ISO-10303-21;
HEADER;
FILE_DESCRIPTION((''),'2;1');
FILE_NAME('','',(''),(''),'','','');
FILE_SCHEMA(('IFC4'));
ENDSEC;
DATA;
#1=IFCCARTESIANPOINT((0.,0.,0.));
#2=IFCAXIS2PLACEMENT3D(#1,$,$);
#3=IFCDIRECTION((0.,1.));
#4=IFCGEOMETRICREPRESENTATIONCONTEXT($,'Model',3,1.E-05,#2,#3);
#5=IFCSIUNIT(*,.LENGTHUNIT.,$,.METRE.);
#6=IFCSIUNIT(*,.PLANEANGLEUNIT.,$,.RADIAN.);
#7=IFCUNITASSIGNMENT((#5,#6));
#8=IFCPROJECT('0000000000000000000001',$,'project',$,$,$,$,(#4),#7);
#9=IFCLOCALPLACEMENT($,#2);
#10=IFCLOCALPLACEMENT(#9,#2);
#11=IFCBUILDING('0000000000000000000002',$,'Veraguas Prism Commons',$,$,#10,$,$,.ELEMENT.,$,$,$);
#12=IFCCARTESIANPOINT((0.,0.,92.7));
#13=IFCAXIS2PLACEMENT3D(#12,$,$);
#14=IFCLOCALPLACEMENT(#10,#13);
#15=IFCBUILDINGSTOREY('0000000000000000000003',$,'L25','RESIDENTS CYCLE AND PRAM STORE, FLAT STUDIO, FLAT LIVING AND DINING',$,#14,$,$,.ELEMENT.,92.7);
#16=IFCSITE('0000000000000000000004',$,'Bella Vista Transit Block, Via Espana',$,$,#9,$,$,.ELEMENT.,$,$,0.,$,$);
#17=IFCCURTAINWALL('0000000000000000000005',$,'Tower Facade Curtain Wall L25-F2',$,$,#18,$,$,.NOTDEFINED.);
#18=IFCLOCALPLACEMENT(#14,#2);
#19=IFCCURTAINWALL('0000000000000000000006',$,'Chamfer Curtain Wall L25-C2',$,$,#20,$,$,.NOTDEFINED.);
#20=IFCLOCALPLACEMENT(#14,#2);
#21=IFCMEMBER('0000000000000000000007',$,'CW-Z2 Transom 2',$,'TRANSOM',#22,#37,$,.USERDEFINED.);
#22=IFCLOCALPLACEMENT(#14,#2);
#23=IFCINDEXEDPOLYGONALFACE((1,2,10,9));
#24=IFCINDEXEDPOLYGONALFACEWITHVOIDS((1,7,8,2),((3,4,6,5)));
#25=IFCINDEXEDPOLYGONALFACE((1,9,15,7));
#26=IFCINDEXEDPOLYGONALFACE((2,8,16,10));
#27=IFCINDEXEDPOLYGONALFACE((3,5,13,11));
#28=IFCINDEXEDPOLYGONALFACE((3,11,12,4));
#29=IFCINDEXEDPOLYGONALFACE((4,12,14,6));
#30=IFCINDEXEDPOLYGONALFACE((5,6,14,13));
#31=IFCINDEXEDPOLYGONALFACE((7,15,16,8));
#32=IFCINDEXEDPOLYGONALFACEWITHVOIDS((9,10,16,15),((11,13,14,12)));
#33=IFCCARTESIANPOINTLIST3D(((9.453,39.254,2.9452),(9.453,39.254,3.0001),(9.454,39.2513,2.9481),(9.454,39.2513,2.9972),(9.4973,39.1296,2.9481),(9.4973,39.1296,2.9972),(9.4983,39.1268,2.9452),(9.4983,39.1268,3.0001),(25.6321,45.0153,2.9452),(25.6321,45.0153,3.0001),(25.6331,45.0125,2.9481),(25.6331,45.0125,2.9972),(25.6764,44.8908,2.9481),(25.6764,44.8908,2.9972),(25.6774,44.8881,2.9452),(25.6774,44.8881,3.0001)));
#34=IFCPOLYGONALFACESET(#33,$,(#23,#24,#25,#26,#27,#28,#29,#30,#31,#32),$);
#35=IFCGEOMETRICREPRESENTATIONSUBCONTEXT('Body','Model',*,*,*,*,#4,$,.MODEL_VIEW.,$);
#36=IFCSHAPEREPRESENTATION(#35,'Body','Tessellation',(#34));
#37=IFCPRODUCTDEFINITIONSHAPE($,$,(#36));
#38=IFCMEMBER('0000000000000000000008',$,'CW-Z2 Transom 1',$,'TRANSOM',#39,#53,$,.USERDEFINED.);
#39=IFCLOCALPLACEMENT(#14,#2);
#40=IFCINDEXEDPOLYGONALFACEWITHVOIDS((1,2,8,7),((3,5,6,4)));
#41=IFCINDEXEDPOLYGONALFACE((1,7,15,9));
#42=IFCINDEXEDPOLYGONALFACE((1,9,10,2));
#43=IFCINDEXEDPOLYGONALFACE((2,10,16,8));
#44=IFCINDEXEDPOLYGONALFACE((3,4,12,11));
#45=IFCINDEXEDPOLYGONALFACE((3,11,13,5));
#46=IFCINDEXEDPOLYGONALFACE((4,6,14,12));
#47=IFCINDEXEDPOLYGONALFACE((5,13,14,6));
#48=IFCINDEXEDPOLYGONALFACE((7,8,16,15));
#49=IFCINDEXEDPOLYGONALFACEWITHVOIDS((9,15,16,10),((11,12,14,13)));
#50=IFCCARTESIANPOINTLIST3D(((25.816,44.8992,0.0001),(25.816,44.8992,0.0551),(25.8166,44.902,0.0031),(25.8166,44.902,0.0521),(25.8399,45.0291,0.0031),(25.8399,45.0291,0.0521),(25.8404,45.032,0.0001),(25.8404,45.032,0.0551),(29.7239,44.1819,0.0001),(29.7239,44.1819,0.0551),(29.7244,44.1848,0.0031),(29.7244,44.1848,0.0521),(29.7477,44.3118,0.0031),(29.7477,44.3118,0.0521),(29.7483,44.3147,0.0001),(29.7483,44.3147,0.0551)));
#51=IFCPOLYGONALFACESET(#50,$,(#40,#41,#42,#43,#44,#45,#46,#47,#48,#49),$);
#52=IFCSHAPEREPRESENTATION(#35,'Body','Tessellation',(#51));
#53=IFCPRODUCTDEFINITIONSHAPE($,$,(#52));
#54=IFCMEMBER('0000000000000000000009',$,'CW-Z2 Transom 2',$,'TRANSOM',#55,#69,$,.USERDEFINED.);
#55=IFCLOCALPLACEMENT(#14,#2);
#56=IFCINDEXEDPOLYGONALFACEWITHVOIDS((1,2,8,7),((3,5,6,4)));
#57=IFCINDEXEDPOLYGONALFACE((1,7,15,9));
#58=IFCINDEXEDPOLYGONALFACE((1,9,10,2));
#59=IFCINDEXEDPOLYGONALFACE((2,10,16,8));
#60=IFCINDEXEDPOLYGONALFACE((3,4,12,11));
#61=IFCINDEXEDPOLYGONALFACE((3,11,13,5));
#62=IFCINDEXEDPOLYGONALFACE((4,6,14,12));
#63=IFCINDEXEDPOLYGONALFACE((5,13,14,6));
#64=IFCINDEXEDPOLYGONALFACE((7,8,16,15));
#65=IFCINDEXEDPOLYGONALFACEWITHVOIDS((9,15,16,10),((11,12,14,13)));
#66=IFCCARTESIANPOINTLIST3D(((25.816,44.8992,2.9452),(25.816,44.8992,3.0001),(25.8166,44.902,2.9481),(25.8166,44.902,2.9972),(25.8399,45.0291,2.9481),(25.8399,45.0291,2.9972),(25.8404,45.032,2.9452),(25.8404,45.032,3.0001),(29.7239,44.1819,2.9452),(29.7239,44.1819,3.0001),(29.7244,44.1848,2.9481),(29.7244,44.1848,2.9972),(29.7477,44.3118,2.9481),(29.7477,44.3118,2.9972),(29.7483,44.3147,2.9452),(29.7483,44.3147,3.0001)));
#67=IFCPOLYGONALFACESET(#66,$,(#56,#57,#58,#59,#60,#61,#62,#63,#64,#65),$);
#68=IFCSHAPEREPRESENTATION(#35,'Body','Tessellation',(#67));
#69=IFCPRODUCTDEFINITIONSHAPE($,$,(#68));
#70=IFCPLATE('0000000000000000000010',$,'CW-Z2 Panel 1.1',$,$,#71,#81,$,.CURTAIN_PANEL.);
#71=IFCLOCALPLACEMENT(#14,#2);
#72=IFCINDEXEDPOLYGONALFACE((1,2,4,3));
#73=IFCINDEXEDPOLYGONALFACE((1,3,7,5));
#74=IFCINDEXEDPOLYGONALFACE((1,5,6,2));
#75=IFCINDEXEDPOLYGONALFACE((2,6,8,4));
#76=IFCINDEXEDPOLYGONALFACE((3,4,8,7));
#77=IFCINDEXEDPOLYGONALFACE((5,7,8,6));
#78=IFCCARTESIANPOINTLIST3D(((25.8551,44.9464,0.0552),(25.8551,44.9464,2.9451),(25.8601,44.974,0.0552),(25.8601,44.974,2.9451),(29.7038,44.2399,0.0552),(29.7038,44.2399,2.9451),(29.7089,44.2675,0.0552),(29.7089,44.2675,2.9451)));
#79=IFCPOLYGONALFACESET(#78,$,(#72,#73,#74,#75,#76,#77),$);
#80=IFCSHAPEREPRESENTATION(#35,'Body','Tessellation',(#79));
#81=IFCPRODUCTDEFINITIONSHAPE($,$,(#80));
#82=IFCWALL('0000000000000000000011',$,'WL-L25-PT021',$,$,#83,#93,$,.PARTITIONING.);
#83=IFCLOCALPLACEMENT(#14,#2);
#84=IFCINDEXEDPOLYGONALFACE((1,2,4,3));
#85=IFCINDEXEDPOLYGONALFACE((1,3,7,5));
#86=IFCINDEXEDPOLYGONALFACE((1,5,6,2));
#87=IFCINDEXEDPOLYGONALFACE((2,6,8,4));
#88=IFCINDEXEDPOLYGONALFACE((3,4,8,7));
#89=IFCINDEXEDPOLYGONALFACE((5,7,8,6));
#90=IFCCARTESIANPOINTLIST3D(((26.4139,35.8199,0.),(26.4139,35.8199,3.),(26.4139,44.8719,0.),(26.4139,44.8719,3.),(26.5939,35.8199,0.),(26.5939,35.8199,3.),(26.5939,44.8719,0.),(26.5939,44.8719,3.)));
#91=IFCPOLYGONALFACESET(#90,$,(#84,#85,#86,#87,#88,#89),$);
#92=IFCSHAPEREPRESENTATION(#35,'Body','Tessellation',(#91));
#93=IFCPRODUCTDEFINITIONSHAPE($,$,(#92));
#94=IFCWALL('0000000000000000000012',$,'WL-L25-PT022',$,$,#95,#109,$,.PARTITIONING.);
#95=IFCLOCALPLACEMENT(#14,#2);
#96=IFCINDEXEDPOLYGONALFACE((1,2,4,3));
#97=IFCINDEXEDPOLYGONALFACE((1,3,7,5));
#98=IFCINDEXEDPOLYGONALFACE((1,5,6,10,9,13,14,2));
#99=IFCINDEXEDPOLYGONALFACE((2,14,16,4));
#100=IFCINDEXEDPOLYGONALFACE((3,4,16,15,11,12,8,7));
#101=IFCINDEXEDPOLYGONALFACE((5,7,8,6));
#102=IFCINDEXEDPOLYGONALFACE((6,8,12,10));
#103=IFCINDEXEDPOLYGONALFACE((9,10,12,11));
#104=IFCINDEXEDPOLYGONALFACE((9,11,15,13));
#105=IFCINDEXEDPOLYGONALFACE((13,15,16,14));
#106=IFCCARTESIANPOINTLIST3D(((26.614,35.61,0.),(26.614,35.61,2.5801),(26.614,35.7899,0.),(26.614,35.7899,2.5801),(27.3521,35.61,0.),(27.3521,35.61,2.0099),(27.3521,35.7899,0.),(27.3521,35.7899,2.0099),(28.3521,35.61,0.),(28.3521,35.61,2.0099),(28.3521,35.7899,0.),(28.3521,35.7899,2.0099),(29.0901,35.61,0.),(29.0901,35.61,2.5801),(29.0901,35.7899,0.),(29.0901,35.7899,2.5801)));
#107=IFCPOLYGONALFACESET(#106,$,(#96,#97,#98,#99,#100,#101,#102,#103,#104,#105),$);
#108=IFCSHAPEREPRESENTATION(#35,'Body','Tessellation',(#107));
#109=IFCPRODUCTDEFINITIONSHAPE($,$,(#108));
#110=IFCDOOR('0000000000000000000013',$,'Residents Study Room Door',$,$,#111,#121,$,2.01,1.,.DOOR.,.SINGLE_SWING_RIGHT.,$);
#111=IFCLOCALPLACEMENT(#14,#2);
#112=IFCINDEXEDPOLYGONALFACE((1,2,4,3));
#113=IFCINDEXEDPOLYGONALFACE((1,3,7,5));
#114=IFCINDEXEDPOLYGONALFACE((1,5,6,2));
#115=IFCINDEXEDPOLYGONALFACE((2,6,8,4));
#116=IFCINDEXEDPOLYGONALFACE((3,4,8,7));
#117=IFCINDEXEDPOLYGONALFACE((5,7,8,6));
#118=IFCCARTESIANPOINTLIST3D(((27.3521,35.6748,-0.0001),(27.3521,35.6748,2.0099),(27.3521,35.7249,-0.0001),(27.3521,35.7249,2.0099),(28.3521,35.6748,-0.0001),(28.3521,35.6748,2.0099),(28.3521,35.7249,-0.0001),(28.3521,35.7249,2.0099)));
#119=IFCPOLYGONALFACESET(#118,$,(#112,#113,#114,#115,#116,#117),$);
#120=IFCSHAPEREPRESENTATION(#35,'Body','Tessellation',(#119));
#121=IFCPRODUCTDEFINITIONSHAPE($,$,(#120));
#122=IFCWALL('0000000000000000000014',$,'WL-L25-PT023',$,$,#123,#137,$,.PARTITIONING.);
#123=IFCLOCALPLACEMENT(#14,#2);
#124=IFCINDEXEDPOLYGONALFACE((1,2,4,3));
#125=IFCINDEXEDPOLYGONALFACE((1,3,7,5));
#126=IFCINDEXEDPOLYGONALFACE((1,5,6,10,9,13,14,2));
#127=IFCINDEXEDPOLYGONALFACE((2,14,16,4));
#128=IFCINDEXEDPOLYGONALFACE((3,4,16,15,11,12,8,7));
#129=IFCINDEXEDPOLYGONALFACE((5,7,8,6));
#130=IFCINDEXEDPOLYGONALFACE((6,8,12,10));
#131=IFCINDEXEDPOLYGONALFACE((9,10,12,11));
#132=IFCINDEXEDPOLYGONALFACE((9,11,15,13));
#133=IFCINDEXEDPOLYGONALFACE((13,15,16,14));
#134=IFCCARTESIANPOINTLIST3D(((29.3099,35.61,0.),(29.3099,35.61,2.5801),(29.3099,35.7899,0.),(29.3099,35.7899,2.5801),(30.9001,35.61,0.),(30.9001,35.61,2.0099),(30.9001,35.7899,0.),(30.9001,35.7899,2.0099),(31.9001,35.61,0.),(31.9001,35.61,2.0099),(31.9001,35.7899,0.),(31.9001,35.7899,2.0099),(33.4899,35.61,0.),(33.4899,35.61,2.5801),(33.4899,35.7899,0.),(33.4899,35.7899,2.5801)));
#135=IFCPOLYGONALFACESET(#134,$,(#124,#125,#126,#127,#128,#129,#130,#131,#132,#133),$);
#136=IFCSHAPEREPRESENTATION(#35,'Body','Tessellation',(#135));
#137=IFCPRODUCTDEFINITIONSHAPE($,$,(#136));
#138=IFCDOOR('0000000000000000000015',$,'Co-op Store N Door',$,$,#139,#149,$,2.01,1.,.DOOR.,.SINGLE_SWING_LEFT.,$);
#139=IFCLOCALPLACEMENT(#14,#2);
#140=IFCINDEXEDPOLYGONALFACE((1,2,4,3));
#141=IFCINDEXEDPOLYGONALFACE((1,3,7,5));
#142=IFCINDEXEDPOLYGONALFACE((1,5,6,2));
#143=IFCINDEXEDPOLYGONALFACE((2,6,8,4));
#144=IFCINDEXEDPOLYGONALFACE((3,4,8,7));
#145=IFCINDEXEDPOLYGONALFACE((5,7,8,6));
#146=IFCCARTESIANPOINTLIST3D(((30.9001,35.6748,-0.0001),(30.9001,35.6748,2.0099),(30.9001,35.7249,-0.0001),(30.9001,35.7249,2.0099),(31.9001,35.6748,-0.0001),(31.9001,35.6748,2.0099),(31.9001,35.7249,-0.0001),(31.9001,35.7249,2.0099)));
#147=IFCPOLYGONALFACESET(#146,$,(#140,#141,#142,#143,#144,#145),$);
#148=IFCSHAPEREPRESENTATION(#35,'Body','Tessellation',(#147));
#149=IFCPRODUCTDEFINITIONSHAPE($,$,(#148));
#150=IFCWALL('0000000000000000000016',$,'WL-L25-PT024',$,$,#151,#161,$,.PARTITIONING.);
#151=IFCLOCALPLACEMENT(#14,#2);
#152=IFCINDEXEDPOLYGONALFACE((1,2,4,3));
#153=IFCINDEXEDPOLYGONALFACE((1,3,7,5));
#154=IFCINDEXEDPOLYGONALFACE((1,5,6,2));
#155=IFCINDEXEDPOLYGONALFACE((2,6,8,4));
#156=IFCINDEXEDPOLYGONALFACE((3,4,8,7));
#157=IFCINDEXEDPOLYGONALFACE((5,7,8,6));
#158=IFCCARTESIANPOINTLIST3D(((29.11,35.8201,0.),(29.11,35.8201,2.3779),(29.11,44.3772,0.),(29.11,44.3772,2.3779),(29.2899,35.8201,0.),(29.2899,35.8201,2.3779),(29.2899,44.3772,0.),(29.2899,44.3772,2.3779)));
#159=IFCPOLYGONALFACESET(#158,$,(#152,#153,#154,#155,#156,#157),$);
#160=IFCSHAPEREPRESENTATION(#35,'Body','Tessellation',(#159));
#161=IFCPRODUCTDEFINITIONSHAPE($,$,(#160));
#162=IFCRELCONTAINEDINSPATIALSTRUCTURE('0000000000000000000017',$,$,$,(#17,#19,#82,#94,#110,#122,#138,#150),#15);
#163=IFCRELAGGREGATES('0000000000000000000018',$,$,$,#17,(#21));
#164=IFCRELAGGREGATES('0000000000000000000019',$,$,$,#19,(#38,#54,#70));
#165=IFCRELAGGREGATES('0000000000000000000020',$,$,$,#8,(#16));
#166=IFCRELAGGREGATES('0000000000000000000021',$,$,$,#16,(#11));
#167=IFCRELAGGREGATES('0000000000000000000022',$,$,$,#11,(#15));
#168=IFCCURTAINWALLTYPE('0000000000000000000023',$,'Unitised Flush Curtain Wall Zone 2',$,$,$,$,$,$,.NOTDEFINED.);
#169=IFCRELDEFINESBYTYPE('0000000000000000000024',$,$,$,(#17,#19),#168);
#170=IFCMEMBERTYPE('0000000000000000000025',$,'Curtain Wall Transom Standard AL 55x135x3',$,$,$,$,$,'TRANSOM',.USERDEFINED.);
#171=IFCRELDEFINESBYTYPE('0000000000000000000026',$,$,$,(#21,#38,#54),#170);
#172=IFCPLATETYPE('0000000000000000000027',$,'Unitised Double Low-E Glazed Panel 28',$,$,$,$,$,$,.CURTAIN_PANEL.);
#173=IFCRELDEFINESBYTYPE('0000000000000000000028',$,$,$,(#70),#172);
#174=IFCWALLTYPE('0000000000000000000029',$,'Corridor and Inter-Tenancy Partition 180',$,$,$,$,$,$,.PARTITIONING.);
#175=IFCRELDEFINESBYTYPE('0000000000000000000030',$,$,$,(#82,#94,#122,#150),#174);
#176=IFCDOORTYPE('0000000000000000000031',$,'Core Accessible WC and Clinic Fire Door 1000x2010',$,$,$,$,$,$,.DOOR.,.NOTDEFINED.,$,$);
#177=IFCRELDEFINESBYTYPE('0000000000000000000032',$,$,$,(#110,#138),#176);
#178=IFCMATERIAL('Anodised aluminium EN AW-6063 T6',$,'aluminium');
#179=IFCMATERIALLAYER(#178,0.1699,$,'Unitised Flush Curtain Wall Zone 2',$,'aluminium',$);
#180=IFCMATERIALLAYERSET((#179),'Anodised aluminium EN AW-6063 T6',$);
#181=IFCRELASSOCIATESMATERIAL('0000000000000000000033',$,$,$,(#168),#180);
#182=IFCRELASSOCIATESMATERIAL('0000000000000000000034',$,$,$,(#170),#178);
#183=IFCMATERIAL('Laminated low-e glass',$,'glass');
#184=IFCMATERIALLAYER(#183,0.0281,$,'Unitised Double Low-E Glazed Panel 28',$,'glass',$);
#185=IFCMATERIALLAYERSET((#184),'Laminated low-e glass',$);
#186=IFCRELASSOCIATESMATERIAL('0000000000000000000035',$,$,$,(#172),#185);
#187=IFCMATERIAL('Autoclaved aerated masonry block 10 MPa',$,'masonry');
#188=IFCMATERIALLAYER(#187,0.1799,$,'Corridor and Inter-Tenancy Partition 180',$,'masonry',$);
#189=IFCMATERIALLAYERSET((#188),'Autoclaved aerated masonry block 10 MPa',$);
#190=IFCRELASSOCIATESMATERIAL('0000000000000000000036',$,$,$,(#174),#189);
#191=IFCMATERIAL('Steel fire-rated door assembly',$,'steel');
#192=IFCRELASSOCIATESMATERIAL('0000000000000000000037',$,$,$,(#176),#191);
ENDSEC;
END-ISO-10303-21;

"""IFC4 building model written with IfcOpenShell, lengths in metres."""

from ifc_helpers import new_model, si_unit, direction, frame, frame_2d, origin, origin_2d, place, context, subcontext, project, spatial, rectangle, hollow_rectangle, extrude, source, transform, mapped, material, layer, layer_set, material_profile, profile_set, type_object, element, fill, aggregate, save


model = new_model("IFC4")

# Units and contexts
model_context = context("Model", 3, precision=1e-05, world=origin(), true_north=direction((0.0, 1.0)))
body_context = subcontext(model_context, "Body", "Model", "MODEL_VIEW")
ifc_project = project(units=[si_unit("LENGTHUNIT", "METRE"), si_unit("PLANEANGLEUNIT", "RADIAN")], contexts=[model_context])

# Site, building, storey
site_placement = place(None, origin())
site = spatial("IfcSite", under=ifc_project, at=site_placement, Name="Bella Vista Transit Block, Via Espana", CompositionType="ELEMENT", RefElevation=0.0)
building_placement = place(site_placement, origin())
building = spatial("IfcBuilding", under=site, at=building_placement, Name="Veraguas Prism Commons", CompositionType="ELEMENT")
storey_placement = place(building_placement, frame((0.0, 0.0, 92.7)))
storey = spatial("IfcBuildingStorey", under=building, at=storey_placement, Name="L25", Description="RESIDENTS CYCLE AND PRAM STORE, FLAT STUDIO, FLAT LIVING AND DINING", CompositionType="ELEMENT", Elevation=92.7)

# Curtain wall
ifc_material_1 = material(Name="Anodised aluminium EN AW-6063 T6", Category="aluminium")
ifc_layer_1 = layer(ifc_material_1, 0.1699, Name="Unitised Flush Curtain Wall Zone 2", Category="aluminium")
ifc_layer_set_1 = layer_set([ifc_layer_1], Name="Anodised aluminium EN AW-6063 T6")
curtain_wall_type = type_object("IfcCurtainWallType", Name="Unitised Flush Curtain Wall Zone 2", PredefinedType="NOTDEFINED", material=ifc_layer_set_1)
curtain_wall_1_placement = place(storey_placement, origin())
curtain_wall_1 = element("IfcCurtainWall", 1, at=curtain_wall_1_placement, inside=storey, type_object=curtain_wall_type, Name="Tower Facade Curtain Wall L25-F2", PredefinedType="NOTDEFINED")

# Curtain wall
curtain_wall_2_placement = place(storey_placement, origin())
curtain_wall_2 = element("IfcCurtainWall", 2, at=curtain_wall_2_placement, inside=storey, type_object=curtain_wall_type, Name="Chamfer Curtain Wall L25-C2", PredefinedType="NOTDEFINED")

# Members
ifc_material_profile_1 = material_profile(ifc_material_1, hollow_rectangle(XDim=0.0549, YDim=0.135, WallThickness=0.0029, at=origin_2d()), Name="AL55X135X3")
ifc_profile_set_1 = profile_set([ifc_material_profile_1], Name="Anodised aluminium EN AW-6063 T6")
member_type_1 = type_object("IfcMemberType", Name="Curtain Wall Transom Standard AL 55x135x3", ElementType="TRANSOM", PredefinedType="USERDEFINED", material=ifc_profile_set_1)
shared_shape_1 = source(origin(), body_context, "Body", "SweptSolid", [
    extrude(hollow_rectangle(XDim=0.0549, YDim=0.135, WallThickness=0.0029, at=origin_2d()), origin(), (0.0, 0.0, 1.0), 17.1743),
])
member_1_placement = place(storey_placement, frame((25.6548, 44.9517, 2.9727), z_axis=(-0.942056, -0.335456, 0.0), x_axis=(0.0, 0.0, 1.0)))
member_1 = element("IfcMember", 3, at=member_1_placement, type_object=member_type_1, Name="CW-Z2 Transom 2", ObjectType="TRANSOM", PredefinedType="USERDEFINED", context=body_context, shape_type="MappedRepresentation", body=[
    mapped(shared_shape_1, transform((0.0, 0.0, 0.0), scale=1.0)),
])
aggregate(curtain_wall_1, [member_1])
shared_shape_2 = source(origin(), body_context, "Body", "SweptSolid", [
    extrude(hollow_rectangle(XDim=0.0549, YDim=0.135, WallThickness=0.0029, at=origin_2d()), origin(), (0.0, 0.0, 1.0), 3.9731),
])
member_2_placement = place(storey_placement, frame((29.7361, 44.2483, 0.0276), z_axis=(-0.98357, 0.180529, 0.0), x_axis=(0.0, 0.0, 1.0)))
member_2 = element("IfcMember", 4, at=member_2_placement, type_object=member_type_1, Name="CW-Z2 Transom 1", ObjectType="TRANSOM", PredefinedType="USERDEFINED", context=body_context, shape_type="MappedRepresentation", body=[
    mapped(shared_shape_2, transform((0.0, 0.0, 0.0), scale=1.0)),
])
member_3_placement = place(storey_placement, frame((29.7361, 44.2483, 2.9727), z_axis=(-0.98357, 0.180529, 0.0), x_axis=(0.0, 0.0, 1.0)))
member_3 = element("IfcMember", 5, at=member_3_placement, type_object=member_type_1, Name="CW-Z2 Transom 2", ObjectType="TRANSOM", PredefinedType="USERDEFINED", context=body_context, shape_type="MappedRepresentation", body=[
    mapped(shared_shape_2, transform((0.0, 0.0, 0.0), scale=1.0)),
])

# Plate
ifc_material_2 = material(Name="Laminated low-e glass", Category="glass")
ifc_layer_2 = layer(ifc_material_2, 0.0281, Name="Unitised Double Low-E Glazed Panel 28", Category="glass")
ifc_layer_set_2 = layer_set([ifc_layer_2], Name="Laminated low-e glass")
plate_type = type_object("IfcPlateType", Name="Unitised Double Low-E Glazed Panel 28", PredefinedType="CURTAIN_PANEL", material=ifc_layer_set_2)
shared_shape_3 = source(origin(), body_context, "Body", "SweptSolid", [
    extrude(rectangle(XDim=3.9131, YDim=0.0281, at=origin_2d()), origin(), (0.0, 0.0, 1.0), 2.8899),
])
plate_placement = place(storey_placement, frame((27.782, 44.6069, 0.0552), z_axis=(0.0, 0.0, 1.0), x_axis=(-0.983565, 0.180552, 0.0)))
plate = element("IfcPlate", 6, at=plate_placement, type_object=plate_type, Name="CW-Z2 Panel 1.1", PredefinedType="CURTAIN_PANEL", context=body_context, shape_type="MappedRepresentation", body=[
    mapped(shared_shape_3, transform((0.0, 0.0, 0.0), scale=1.0)),
])
aggregate(curtain_wall_2, [member_2, member_3, plate])

# Wall
ifc_material_3 = material(Name="Autoclaved aerated masonry block 10 MPa", Category="masonry")
ifc_layer_3 = layer(ifc_material_3, 0.1799, Name="Corridor and Inter-Tenancy Partition 180", Category="masonry")
ifc_layer_set_3 = layer_set([ifc_layer_3], Name="Autoclaved aerated masonry block 10 MPa")
wall_type = type_object("IfcWallType", Name="Corridor and Inter-Tenancy Partition 180", PredefinedType="PARTITIONING", material=ifc_layer_set_3)
wall_1_placement = place(storey_placement, frame((26.5039, 35.8201, 0.0), z_axis=(0.0, 0.0, 1.0), x_axis=(0.0, 1.0, 0.0)))
element("IfcWall", 7, at=wall_1_placement, inside=storey, type_object=wall_type, Name="WL-L25-PT021", PredefinedType="PARTITIONING", context=body_context, shape_type="SweptSolid", body=[
    extrude(rectangle(XDim=9.052, YDim=0.1799, at=frame_2d((4.5259, 0.0))), origin(), (0.0, 0.0, 1.0), 3.0),
])

# Walls, openings, doors
wall_2_placement = place(storey_placement, frame((26.614, 35.7, 0.0), z_axis=(0.0, 0.0, 1.0), x_axis=(1.0, 0.0, 0.0)))
wall_2 = element("IfcWall", 8, at=wall_2_placement, inside=storey, type_object=wall_type, Name="WL-L25-PT022", PredefinedType="PARTITIONING", context=body_context, shape_type="SweptSolid", body=[
    extrude(rectangle(XDim=2.4761, YDim=0.1799, at=frame_2d((1.238, 0.0))), origin(), (0.0, 0.0, 1.0), 2.5801),
])
opening_1_placement = place(wall_2_placement, frame((0.738, 0.0, 0.0)))
opening_1 = element("IfcOpeningElement", 9, at=opening_1_placement, cuts=wall_2, PredefinedType="OPENING", context=body_context, shape_type="SweptSolid", body=[
    extrude(rectangle(XDim=1.0, YDim=2.01, at=frame_2d((0.5, 1.0049))), frame((0.0, 0.0999, 0.0), z_axis=(0.0, -1.0, 0.0), x_axis=(1.0, 0.0, 0.0)), (0.0, 0.0, 1.0), 0.2),
])
ifc_material_4 = material(Name="Steel fire-rated door assembly", Category="steel")
door_type = type_object("IfcDoorType", Name="Core Accessible WC and Clinic Fire Door 1000x2010", OperationType="NOTDEFINED", PredefinedType="DOOR", material=ifc_material_4)
shared_shape_4 = source(origin(), body_context, "Body", "SweptSolid", [
    extrude(rectangle(XDim=1.0, YDim=2.01, at=frame_2d((0.5, 1.0049))), frame((0.0, 0.0249, 0.0), z_axis=(0.0, -1.0, 0.0), x_axis=(1.0, 0.0, 0.0)), (0.0, 0.0, 1.0), 0.05),
])
door_1_placement = place(opening_1_placement, origin())
door_1 = element("IfcDoor", 10, at=door_1_placement, inside=storey, type_object=door_type, Name="Residents Study Room Door", OperationType="SINGLE_SWING_RIGHT", OverallHeight=2.01, OverallWidth=1.0, PredefinedType="DOOR", context=body_context, shape_type="MappedRepresentation", body=[
    mapped(shared_shape_4, transform((0.0, 0.0, 0.0), scale=1.0)),
])
fill(opening_1, door_1)
wall_3_placement = place(storey_placement, frame((29.3101, 35.7, 0.0), z_axis=(0.0, 0.0, 1.0), x_axis=(1.0, 0.0, 0.0)))
wall_3 = element("IfcWall", 11, at=wall_3_placement, inside=storey, type_object=wall_type, Name="WL-L25-PT023", PredefinedType="PARTITIONING", context=body_context, shape_type="SweptSolid", body=[
    extrude(rectangle(XDim=4.1799, YDim=0.1799, at=frame_2d((2.0898, 0.0))), origin(), (0.0, 0.0, 1.0), 2.5801),
])
opening_2_placement = place(wall_3_placement, frame((1.5901, 0.0, 0.0)))
opening_2 = element("IfcOpeningElement", 12, at=opening_2_placement, cuts=wall_3, PredefinedType="OPENING", context=body_context, shape_type="SweptSolid", body=[
    extrude(rectangle(XDim=1.0, YDim=2.01, at=frame_2d((0.5, 1.0049))), frame((0.0, 0.0999, 0.0), z_axis=(0.0, -1.0, 0.0), x_axis=(1.0, 0.0, 0.0)), (0.0, 0.0, 1.0), 0.2),
])
door_2_placement = place(opening_2_placement, origin())
door_2 = element("IfcDoor", 13, at=door_2_placement, inside=storey, type_object=door_type, Name="Co-op Store N Door", OperationType="SINGLE_SWING_LEFT", OverallHeight=2.01, OverallWidth=1.0, PredefinedType="DOOR", context=body_context, shape_type="MappedRepresentation", body=[
    mapped(shared_shape_4, transform((0.0, 0.0, 0.0), scale=1.0)),
])
fill(opening_2, door_2)

# Wall
wall_4_placement = place(storey_placement, frame((29.2, 35.8201, 0.0), z_axis=(0.0, 0.0, 1.0), x_axis=(0.0, 1.0, 0.0)))
element("IfcWall", 14, at=wall_4_placement, inside=storey, type_object=wall_type, Name="WL-L25-PT024", PredefinedType="PARTITIONING", context=body_context, shape_type="SweptSolid", body=[
    extrude(rectangle(XDim=8.5571, YDim=0.1799, at=frame_2d((4.2786, 0.0))), origin(), (0.0, 0.0, 1.0), 2.3779),
])

save(model, "model.ifc")
